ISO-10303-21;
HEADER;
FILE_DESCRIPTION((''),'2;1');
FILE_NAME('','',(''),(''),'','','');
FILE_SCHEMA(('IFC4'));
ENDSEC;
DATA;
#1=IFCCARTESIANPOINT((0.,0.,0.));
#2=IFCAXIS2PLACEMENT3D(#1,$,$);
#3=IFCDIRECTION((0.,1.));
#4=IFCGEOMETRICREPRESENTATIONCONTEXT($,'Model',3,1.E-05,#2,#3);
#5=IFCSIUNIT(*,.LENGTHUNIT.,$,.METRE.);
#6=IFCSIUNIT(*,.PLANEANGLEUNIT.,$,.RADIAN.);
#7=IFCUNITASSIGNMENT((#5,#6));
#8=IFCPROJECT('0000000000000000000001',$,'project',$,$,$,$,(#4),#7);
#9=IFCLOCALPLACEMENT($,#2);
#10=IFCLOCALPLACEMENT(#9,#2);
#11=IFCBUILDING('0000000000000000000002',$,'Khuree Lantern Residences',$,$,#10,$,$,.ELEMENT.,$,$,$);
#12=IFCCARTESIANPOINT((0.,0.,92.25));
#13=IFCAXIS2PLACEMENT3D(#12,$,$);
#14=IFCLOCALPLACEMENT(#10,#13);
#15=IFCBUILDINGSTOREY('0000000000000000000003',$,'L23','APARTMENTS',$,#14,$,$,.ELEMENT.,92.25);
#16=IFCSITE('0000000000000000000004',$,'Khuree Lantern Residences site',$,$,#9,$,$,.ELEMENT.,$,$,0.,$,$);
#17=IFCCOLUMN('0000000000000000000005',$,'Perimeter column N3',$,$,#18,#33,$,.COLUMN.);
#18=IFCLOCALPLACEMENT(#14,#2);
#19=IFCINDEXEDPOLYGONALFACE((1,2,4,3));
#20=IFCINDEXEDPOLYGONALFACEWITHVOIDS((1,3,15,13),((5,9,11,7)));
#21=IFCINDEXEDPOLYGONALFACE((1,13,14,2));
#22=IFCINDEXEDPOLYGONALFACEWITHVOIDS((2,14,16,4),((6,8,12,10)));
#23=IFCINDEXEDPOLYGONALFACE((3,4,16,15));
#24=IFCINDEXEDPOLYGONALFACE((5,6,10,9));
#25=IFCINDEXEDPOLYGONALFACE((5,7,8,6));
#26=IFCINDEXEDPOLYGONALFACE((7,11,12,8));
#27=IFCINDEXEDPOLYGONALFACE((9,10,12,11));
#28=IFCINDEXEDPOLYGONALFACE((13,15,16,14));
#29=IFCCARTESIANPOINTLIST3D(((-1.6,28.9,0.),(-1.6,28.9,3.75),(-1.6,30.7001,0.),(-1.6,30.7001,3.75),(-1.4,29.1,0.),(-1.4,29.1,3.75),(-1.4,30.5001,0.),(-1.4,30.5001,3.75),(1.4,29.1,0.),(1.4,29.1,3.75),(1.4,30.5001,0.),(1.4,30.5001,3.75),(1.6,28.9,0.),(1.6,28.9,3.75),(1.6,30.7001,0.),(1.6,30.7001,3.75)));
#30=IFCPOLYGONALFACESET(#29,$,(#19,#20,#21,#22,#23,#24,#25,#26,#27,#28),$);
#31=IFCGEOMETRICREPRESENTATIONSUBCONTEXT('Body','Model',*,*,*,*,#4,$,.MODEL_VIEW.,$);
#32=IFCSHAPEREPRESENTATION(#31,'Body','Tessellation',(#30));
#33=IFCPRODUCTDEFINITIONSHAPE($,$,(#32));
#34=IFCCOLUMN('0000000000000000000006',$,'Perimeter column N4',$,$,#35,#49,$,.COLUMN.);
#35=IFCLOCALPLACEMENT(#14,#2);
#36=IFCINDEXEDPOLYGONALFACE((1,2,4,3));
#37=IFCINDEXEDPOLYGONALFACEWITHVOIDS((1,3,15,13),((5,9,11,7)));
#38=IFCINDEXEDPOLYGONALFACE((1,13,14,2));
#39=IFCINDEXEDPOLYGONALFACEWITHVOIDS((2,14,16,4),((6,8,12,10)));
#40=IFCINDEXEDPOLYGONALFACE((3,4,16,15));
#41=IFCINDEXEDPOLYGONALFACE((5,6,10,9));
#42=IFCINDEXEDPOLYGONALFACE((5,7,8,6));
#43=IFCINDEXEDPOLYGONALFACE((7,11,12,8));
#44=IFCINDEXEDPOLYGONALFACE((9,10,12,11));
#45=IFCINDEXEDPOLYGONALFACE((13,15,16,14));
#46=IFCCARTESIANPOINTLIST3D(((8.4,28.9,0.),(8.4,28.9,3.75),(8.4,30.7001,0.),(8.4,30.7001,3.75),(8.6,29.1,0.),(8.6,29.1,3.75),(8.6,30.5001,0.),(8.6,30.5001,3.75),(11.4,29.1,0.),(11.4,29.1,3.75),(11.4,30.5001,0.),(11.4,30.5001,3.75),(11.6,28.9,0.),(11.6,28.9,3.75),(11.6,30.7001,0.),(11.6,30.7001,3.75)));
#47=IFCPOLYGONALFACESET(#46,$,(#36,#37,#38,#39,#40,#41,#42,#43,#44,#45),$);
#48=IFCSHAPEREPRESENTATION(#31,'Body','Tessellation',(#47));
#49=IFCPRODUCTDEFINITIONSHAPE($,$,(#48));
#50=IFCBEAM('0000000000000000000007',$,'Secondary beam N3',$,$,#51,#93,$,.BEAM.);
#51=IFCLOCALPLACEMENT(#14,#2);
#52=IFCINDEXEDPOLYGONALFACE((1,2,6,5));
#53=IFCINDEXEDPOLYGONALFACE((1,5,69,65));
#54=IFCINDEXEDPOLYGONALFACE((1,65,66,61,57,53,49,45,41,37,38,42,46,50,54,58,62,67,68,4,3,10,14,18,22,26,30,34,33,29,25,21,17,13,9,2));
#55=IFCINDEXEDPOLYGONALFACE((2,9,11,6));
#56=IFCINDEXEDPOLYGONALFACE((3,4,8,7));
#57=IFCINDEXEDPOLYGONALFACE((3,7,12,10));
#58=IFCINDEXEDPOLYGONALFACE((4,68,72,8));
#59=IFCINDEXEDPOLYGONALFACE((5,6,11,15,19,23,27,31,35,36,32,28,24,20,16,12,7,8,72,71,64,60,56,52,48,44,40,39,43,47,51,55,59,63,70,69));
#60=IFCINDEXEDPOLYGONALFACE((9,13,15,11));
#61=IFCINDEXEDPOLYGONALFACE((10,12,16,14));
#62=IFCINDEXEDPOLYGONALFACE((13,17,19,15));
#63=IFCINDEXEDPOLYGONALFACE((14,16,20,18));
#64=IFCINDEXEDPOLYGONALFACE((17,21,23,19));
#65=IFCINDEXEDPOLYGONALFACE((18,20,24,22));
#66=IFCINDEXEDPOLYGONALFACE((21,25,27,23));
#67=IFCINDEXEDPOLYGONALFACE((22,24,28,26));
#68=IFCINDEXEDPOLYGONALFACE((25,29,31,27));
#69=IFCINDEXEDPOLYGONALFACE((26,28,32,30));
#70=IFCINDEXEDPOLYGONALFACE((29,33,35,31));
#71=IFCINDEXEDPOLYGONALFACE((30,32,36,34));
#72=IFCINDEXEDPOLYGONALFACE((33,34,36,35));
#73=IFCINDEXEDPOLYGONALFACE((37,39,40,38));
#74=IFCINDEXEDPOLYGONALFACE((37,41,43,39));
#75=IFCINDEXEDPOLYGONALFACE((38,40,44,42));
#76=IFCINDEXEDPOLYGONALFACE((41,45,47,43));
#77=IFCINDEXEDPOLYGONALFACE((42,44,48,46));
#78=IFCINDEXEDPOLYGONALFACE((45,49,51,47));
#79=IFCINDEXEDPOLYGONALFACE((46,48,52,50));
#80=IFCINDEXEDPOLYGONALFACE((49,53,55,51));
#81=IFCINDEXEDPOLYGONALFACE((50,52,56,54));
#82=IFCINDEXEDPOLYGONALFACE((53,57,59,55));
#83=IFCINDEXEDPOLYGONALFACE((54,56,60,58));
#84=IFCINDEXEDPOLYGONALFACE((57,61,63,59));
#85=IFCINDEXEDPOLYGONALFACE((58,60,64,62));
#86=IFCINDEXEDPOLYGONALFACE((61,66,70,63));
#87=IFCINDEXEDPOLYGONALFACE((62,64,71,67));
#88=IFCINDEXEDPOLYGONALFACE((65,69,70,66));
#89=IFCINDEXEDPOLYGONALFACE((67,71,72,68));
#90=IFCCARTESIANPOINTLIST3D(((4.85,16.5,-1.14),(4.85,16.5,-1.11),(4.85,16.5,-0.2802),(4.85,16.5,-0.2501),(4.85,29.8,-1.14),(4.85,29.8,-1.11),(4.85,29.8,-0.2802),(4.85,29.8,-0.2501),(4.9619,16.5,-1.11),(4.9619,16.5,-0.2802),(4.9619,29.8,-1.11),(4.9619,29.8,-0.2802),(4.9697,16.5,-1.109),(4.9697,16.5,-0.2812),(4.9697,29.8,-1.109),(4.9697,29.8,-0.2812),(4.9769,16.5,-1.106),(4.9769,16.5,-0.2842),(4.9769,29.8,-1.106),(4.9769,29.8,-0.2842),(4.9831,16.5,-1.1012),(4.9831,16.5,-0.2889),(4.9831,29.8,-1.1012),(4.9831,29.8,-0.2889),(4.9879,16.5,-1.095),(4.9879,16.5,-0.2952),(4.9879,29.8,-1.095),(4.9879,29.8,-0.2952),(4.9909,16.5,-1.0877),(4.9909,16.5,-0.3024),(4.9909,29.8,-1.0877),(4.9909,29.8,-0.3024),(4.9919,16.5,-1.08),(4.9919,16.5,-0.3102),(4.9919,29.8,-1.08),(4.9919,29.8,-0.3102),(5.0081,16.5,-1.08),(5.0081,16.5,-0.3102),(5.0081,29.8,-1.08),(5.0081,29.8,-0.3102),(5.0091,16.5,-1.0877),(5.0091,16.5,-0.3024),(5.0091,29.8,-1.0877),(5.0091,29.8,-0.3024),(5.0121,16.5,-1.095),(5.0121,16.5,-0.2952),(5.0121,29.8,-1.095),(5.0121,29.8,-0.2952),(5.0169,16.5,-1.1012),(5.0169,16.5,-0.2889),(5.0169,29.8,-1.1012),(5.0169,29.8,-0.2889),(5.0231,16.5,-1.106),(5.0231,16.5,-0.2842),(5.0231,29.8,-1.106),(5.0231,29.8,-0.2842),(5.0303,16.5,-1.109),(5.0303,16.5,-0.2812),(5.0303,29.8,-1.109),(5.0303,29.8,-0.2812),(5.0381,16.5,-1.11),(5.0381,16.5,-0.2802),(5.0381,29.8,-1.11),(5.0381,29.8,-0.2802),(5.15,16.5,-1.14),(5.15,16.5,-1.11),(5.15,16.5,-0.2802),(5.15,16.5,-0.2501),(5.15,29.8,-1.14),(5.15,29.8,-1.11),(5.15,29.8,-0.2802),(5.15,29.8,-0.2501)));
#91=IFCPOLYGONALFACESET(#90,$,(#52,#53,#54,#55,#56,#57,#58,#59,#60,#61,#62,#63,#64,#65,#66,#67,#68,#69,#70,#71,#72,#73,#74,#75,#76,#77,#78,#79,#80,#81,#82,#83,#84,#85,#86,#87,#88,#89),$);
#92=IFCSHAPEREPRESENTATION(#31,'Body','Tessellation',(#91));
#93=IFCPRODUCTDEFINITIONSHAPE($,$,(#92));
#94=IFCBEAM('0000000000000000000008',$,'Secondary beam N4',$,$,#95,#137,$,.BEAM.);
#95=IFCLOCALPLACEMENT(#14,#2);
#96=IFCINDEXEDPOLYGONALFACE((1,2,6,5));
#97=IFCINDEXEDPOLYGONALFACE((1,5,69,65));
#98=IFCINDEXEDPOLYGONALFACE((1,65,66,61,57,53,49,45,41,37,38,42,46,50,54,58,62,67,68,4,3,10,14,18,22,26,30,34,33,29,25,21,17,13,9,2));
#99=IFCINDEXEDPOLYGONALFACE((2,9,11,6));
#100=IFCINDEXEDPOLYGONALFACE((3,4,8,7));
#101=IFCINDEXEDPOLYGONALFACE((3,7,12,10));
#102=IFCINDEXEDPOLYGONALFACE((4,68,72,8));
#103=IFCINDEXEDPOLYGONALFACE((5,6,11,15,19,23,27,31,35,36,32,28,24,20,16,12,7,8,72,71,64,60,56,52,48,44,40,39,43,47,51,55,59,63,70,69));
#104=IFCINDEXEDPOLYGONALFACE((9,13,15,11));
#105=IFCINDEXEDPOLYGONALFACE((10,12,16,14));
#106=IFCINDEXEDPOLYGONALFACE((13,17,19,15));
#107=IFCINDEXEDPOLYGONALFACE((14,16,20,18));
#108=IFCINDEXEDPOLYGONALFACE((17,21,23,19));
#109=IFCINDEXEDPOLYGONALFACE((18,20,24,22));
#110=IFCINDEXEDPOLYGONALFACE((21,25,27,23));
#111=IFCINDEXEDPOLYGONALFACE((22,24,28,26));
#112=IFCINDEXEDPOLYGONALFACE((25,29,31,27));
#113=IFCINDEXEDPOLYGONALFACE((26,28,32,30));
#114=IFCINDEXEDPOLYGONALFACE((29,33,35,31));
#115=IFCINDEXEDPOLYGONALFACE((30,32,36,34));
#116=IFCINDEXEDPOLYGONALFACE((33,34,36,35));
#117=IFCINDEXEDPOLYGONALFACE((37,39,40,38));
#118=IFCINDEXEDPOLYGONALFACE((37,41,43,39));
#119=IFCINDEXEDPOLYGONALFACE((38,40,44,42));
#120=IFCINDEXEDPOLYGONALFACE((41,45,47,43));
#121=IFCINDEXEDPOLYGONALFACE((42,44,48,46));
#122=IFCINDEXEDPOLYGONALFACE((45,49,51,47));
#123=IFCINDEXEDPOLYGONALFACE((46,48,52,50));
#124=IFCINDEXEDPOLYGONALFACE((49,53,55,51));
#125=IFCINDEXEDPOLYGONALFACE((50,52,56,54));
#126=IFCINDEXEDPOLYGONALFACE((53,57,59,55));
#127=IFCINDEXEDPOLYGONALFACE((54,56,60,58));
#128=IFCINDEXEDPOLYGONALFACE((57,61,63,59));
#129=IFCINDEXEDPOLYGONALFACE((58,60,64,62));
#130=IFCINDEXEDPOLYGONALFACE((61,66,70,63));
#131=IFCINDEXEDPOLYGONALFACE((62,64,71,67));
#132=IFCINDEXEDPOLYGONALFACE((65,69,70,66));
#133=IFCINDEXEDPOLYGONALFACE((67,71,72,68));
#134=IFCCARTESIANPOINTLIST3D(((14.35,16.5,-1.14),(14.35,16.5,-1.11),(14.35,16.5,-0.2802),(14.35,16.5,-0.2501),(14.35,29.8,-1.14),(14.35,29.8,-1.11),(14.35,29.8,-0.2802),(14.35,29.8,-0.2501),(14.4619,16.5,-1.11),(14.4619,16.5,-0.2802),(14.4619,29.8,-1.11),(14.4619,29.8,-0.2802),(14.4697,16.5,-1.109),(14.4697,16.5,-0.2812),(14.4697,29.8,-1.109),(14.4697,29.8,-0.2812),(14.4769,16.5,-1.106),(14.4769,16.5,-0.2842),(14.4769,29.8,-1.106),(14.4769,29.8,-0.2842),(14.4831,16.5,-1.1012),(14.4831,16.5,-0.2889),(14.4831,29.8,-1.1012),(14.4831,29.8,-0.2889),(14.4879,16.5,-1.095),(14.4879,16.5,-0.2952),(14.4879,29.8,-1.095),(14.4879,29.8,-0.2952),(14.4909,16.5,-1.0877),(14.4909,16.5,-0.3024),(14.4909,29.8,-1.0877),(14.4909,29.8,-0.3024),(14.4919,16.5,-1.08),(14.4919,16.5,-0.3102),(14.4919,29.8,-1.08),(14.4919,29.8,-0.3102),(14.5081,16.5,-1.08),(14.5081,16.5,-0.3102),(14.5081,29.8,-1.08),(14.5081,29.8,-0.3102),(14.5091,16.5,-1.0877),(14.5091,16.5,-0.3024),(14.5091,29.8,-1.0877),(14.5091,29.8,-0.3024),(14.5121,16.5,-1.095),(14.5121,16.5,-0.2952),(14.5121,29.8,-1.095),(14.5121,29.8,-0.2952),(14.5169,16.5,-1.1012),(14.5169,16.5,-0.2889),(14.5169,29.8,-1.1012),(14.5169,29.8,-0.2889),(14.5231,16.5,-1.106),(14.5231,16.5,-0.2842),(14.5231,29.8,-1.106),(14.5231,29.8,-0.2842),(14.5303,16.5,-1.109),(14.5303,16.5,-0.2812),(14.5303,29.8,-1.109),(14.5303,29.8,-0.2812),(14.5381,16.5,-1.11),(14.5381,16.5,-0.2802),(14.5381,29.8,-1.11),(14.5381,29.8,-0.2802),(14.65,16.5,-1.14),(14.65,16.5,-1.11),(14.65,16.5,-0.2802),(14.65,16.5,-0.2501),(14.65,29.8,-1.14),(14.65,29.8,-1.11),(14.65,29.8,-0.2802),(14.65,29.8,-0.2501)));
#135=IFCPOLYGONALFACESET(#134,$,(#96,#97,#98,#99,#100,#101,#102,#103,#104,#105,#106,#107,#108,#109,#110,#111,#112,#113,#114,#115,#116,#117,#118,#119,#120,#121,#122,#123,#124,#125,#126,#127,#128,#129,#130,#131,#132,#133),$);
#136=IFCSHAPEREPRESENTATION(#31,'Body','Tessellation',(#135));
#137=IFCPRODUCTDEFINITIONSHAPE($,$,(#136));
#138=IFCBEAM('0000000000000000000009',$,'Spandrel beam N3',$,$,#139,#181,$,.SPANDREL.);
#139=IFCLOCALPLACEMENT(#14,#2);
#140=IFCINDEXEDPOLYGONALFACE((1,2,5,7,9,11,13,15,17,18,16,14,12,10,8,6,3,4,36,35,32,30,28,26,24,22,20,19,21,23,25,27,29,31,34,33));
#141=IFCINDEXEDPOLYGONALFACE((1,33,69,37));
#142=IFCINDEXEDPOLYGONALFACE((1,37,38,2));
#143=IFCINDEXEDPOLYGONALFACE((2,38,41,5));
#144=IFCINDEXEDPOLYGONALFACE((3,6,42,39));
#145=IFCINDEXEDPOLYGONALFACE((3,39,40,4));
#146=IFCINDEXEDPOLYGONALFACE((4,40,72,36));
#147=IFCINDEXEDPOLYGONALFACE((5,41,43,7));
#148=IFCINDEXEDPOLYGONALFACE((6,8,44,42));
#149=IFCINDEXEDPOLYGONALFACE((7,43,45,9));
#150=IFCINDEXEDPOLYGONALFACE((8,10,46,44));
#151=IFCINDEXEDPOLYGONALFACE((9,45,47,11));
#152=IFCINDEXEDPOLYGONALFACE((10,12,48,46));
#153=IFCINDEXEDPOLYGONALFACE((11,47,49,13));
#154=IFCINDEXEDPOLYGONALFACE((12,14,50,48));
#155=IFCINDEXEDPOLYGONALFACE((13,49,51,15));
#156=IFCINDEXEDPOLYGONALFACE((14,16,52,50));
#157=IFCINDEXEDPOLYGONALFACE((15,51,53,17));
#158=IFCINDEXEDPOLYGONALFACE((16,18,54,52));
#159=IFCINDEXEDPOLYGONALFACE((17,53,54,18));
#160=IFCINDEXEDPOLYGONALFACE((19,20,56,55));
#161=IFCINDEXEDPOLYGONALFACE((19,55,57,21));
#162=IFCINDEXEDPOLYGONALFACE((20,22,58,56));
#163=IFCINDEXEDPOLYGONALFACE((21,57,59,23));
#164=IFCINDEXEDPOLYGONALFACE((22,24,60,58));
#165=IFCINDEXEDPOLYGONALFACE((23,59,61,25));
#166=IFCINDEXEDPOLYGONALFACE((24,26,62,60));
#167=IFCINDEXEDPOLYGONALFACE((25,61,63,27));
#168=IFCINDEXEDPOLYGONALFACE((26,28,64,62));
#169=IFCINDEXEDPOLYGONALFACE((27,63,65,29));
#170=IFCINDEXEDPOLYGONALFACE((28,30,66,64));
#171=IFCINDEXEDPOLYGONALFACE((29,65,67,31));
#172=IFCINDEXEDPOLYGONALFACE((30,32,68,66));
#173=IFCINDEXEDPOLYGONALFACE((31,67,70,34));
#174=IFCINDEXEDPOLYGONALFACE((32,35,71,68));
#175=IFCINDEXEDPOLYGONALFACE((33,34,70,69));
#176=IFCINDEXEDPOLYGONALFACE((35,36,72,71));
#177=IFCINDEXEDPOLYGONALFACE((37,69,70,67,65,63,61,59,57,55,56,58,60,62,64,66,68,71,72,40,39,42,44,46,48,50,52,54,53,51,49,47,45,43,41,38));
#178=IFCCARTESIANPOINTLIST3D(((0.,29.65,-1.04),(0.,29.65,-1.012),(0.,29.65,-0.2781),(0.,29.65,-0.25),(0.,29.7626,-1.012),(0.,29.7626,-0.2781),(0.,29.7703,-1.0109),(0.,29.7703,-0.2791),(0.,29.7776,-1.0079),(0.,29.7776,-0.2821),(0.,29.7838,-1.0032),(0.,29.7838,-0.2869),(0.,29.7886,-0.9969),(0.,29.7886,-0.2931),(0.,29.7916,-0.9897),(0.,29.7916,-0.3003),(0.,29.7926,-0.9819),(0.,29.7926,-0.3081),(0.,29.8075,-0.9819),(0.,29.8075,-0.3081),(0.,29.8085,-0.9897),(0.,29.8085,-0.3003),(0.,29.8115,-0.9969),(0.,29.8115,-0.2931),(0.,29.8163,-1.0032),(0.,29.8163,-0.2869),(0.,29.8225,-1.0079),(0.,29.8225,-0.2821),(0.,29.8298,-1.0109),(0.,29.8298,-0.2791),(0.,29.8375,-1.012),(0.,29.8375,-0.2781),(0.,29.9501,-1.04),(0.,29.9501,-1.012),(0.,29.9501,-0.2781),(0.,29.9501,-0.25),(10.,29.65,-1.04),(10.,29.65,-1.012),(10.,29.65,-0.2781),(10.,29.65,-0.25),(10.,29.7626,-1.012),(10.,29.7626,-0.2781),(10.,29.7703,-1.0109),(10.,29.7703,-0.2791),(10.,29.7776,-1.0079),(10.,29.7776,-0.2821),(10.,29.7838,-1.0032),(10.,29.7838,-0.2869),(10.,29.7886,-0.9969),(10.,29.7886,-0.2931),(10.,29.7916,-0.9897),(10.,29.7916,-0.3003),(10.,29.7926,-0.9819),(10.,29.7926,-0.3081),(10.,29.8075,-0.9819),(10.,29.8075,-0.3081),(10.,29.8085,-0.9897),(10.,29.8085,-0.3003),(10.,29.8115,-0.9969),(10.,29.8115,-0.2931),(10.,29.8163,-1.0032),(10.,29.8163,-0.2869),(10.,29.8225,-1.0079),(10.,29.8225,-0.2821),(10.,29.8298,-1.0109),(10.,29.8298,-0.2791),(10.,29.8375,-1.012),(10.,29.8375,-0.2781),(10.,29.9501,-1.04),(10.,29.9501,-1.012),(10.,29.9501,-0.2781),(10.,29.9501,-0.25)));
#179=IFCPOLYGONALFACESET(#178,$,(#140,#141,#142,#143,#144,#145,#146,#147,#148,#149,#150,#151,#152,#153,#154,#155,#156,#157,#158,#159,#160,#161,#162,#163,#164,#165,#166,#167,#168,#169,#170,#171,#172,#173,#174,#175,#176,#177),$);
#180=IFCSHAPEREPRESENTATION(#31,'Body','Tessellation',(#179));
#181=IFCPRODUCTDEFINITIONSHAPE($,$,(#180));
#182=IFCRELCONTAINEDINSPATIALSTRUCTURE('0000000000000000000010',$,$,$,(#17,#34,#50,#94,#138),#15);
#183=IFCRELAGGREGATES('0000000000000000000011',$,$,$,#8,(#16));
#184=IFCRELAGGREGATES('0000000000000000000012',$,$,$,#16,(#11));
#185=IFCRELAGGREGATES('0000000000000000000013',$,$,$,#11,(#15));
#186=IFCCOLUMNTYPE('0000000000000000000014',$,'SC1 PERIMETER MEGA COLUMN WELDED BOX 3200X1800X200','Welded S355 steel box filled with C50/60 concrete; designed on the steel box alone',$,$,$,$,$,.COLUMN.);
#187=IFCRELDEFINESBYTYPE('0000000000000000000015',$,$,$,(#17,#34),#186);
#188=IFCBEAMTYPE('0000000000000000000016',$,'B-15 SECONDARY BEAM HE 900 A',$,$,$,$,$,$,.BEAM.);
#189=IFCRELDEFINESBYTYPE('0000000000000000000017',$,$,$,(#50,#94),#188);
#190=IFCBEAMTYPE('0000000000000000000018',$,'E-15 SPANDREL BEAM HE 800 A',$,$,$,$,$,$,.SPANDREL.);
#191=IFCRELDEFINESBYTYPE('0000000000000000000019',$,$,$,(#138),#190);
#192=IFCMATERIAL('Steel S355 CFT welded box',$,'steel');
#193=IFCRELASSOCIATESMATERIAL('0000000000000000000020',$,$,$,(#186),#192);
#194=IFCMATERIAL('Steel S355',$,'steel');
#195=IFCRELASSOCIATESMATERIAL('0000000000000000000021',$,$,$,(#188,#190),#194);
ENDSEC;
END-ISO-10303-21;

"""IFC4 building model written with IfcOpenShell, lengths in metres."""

from ifc_helpers import new_model, si_unit, direction, frame, origin, origin_2d, place, context, subcontext, project, spatial, hollow_rectangle, i_section, extrude, material, material_profile, profile_set, type_object, element, save


model = new_model("IFC4")

# Units and contexts
model_context = context("Model", 3, precision=1e-05, world=origin(), true_north=direction((0.0, 1.0)))
body_context = subcontext(model_context, "Body", "Model", "MODEL_VIEW")
ifc_project = project(units=[si_unit("LENGTHUNIT", "METRE"), si_unit("PLANEANGLEUNIT", "RADIAN")], contexts=[model_context])

# Site, building, storey
site_placement = place(None, origin())
site = spatial("IfcSite", under=ifc_project, at=site_placement, Name="Khuree Lantern Residences site", CompositionType="ELEMENT", RefElevation=0.0)
building_placement = place(site_placement, origin())
building = spatial("IfcBuilding", under=site, at=building_placement, Name="Khuree Lantern Residences", CompositionType="ELEMENT")
storey_placement = place(building_placement, frame((0.0, 0.0, 92.25)))
storey = spatial("IfcBuildingStorey", under=building, at=storey_placement, Name="L23", Description="APARTMENTS", CompositionType="ELEMENT", Elevation=92.25)

# Columns
ifc_material_1 = material(Name="Steel S355 CFT welded box", Category="steel")
ifc_material_profile_1 = material_profile(ifc_material_1, hollow_rectangle(XDim=3.2, YDim=1.8, WallThickness=0.2, at=origin_2d()), Name="WELDED BOX 3200X1800X200")
ifc_profile_set_1 = profile_set([ifc_material_profile_1], Name="Steel S355 CFT welded box")
column_type = type_object("IfcColumnType", Name="SC1 PERIMETER MEGA COLUMN WELDED BOX 3200X1800X200", Description="Welded S355 steel box filled with C50/60 concrete; designed on the steel box alone", PredefinedType="COLUMN", material=ifc_profile_set_1)
for number, where, z_axis, x_axis, name in (
    (1, (0.0, 29.8, 0.0), (0.0, 0.0, 1.0), (1.0, 0.0, 0.0), "Perimeter column N3"),
    (2, (10.0, 29.8, 0.0), (0.0, 0.0, 1.0), (1.0, 0.0, 0.0), "Perimeter column N4"),
):
    element("IfcColumn", number, at=place(storey_placement, frame(where, z_axis=z_axis, x_axis=x_axis)), inside=storey, type_object=column_type, Name=name, PredefinedType="COLUMN", context=body_context, shape_type="SweptSolid", body=[
        extrude(hollow_rectangle(XDim=3.2, YDim=1.8, WallThickness=0.2, at=origin_2d()), origin(), (0.0, 0.0, 1.0), 3.75),
    ])

# Beams
ifc_material_2 = material(Name="Steel S355", Category="steel")
ifc_material_profile_2 = material_profile(ifc_material_2, i_section(OverallWidth=0.3, OverallDepth=0.8899, WebThickness=0.0161, FlangeThickness=0.03, FilletRadius=0.03, at=origin_2d()), Name="HE 900 A")
ifc_profile_set_2 = profile_set([ifc_material_profile_2], Name="Steel S355")
beam_type_1 = type_object("IfcBeamType", Name="B-15 SECONDARY BEAM HE 900 A", PredefinedType="BEAM", material=ifc_profile_set_2)
for number, where, z_axis, x_axis, name in (
    (3, (5.0, 29.8, -0.6951), (0.0, -1.0, 0.0), (1.0, 0.0, 0.0), "Secondary beam N3"),
    (4, (14.5, 29.8, -0.6951), (0.0, -1.0, 0.0), (1.0, 0.0, 0.0), "Secondary beam N4"),
):
    element("IfcBeam", number, at=place(storey_placement, frame(where, z_axis=z_axis, x_axis=x_axis)), inside=storey, type_object=beam_type_1, Name=name, PredefinedType="BEAM", context=body_context, shape_type="SweptSolid", body=[
        extrude(i_section(OverallWidth=0.3, OverallDepth=0.8899, WebThickness=0.0161, FlangeThickness=0.03, FilletRadius=0.03, at=origin_2d()), origin(), (0.0, 0.0, 1.0), 13.3),
    ])
ifc_material_profile_3 = material_profile(ifc_material_2, i_section(OverallWidth=0.3, OverallDepth=0.79, WebThickness=0.0149, FlangeThickness=0.0281, FilletRadius=0.03, at=origin_2d()), Name="HE 800 A")
ifc_profile_set_3 = profile_set([ifc_material_profile_3], Name="Steel S355")
beam_type_2 = type_object("IfcBeamType", Name="E-15 SPANDREL BEAM HE 800 A", PredefinedType="SPANDREL", material=ifc_profile_set_3)
for number, where, z_axis, x_axis, name in (
    (5, (0.0, 29.8, -0.645), (1.0, 0.0, 0.0), (0.0, 1.0, 0.0), "Spandrel beam N3"),
):
    element("IfcBeam", number, at=place(storey_placement, frame(where, z_axis=z_axis, x_axis=x_axis)), inside=storey, type_object=beam_type_2, Name=name, PredefinedType="SPANDREL", context=body_context, shape_type="SweptSolid", body=[
        extrude(i_section(OverallWidth=0.3, OverallDepth=0.79, WebThickness=0.0149, FlangeThickness=0.0281, FilletRadius=0.03, at=origin_2d()), origin(), (0.0, 0.0, 1.0), 10.0),
    ])

save(model, "model.ifc")
